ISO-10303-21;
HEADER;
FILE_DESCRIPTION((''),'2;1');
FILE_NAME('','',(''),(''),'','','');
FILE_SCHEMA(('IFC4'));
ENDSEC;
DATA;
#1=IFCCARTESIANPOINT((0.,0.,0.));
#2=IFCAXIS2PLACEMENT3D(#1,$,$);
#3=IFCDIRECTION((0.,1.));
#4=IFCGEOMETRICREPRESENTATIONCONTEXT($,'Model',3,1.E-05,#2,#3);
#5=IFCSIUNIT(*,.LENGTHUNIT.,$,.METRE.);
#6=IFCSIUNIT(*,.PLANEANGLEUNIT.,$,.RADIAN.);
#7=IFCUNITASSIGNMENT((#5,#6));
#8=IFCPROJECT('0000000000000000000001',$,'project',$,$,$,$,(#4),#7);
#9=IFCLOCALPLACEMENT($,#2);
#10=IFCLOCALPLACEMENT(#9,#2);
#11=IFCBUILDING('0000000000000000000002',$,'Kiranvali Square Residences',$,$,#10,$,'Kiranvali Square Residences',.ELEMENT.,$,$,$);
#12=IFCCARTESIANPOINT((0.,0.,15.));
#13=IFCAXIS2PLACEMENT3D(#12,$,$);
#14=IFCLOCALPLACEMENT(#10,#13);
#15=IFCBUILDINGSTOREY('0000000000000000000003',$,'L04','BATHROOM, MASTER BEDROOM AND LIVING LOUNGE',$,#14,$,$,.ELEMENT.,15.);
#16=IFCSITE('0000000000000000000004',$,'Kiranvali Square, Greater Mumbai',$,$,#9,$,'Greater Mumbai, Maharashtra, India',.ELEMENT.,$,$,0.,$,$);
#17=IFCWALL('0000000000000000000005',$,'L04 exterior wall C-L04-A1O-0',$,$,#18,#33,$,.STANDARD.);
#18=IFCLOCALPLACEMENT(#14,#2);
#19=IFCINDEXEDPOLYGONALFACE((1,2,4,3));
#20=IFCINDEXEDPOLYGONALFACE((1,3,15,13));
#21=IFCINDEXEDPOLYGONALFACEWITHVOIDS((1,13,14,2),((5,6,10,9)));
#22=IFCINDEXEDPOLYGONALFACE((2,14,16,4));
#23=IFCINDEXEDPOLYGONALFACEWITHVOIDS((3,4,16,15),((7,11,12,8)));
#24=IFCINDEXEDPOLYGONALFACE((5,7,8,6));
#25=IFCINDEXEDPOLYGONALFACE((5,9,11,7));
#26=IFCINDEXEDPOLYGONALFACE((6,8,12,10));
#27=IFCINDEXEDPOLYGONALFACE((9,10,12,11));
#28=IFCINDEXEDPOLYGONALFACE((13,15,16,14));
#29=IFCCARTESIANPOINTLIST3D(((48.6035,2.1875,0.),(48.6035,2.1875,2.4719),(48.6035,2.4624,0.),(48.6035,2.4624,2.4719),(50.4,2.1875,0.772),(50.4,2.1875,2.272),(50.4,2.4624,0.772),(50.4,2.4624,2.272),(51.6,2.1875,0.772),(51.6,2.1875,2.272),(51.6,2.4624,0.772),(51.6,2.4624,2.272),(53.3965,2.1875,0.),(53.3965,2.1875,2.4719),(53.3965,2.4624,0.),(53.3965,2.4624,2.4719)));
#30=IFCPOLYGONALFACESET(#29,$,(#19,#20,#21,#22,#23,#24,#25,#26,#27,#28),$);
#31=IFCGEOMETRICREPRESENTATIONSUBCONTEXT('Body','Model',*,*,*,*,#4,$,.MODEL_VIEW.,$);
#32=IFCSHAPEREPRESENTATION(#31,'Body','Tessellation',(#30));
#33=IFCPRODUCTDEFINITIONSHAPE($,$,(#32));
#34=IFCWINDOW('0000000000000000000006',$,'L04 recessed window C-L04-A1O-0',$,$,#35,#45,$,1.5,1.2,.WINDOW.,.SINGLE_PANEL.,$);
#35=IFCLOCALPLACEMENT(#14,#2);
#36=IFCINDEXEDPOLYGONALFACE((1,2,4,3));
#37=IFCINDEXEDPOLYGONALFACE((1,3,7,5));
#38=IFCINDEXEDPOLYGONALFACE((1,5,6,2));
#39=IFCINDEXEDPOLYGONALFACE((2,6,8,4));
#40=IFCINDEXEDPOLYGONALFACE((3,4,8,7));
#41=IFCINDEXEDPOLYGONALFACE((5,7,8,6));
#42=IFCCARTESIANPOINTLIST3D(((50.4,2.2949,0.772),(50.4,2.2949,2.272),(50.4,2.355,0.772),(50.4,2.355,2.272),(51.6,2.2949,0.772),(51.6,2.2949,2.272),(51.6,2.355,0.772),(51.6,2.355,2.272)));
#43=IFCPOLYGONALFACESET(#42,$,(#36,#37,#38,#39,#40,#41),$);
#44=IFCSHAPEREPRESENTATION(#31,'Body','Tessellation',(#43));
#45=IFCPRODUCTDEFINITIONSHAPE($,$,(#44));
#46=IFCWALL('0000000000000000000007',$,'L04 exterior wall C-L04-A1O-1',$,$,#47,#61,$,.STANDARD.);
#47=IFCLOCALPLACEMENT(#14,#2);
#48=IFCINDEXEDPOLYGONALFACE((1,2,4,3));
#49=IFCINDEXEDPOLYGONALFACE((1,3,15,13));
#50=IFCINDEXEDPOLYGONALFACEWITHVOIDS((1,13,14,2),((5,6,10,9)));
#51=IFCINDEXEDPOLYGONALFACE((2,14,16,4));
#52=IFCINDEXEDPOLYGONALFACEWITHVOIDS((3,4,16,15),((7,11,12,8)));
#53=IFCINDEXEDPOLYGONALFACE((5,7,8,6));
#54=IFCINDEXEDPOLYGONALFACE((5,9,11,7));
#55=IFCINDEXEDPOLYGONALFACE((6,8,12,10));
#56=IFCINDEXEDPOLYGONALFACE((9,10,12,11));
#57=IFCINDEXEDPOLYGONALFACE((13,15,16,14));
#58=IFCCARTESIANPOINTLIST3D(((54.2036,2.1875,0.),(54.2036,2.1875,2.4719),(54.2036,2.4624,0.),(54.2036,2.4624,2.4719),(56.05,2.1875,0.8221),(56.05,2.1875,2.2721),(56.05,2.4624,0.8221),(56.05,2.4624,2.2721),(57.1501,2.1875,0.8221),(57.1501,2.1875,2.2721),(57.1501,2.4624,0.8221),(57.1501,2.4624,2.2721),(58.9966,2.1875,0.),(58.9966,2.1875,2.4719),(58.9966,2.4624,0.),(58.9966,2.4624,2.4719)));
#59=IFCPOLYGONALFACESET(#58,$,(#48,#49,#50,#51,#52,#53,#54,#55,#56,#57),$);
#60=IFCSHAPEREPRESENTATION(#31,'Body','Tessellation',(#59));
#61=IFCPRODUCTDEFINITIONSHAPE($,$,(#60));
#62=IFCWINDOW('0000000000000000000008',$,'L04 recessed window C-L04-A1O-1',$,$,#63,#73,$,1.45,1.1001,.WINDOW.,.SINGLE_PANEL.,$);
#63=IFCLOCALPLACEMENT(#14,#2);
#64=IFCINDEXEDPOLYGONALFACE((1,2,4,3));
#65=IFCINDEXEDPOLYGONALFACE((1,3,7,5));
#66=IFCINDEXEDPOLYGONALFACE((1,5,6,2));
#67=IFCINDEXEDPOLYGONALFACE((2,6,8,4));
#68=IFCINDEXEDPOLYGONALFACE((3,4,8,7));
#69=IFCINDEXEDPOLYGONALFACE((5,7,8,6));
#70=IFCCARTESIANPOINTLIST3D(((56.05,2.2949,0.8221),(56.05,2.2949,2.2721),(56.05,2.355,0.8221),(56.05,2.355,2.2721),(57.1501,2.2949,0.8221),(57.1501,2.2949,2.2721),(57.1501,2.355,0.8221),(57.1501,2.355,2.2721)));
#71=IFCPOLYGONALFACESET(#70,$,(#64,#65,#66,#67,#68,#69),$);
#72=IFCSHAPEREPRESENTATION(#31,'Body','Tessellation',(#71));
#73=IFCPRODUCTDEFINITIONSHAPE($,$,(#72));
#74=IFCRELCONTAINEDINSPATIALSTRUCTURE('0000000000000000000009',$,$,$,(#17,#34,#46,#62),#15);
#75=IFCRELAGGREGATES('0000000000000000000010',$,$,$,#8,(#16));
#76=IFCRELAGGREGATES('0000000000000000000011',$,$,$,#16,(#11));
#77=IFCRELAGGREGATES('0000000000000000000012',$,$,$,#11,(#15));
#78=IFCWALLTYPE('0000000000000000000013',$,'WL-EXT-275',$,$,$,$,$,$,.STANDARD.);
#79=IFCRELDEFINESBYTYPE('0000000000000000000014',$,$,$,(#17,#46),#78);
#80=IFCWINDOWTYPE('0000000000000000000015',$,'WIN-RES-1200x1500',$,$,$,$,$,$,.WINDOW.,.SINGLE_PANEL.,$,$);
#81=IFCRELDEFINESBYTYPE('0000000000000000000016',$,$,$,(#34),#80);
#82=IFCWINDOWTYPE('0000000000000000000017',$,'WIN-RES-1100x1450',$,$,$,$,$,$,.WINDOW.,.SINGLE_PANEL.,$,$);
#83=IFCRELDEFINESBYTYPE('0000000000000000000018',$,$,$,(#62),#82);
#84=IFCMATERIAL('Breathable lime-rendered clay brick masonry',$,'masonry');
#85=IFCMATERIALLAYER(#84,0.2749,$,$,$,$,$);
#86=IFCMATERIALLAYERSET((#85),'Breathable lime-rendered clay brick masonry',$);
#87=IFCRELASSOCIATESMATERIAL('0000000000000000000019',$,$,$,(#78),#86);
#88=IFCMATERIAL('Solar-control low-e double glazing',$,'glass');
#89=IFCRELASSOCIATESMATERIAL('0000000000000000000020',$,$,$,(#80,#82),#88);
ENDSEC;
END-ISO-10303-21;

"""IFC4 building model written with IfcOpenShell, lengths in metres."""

from ifc_helpers import new_model, si_unit, direction, frame, frame_2d, origin, place, context, subcontext, project, spatial, rectangle, extrude, material, layer, layer_set, type_object, element, fill, save


model = new_model("IFC4")

# Units and contexts
model_context = context("Model", 3, precision=1e-05, world=origin(), true_north=direction((0.0, 1.0)))
body_context = subcontext(model_context, "Body", "Model", "MODEL_VIEW")
ifc_project = project(units=[si_unit("LENGTHUNIT", "METRE"), si_unit("PLANEANGLEUNIT", "RADIAN")], contexts=[model_context])

# Site, building, storey
site_placement = place(None, origin())
site = spatial("IfcSite", under=ifc_project, at=site_placement, Name="Kiranvali Square, Greater Mumbai", LongName="Greater Mumbai, Maharashtra, India", CompositionType="ELEMENT", RefElevation=0.0)
building_placement = place(site_placement, origin())
building = spatial("IfcBuilding", under=site, at=building_placement, Name="Kiranvali Square Residences", LongName="Kiranvali Square Residences", CompositionType="ELEMENT")
storey_placement = place(building_placement, frame((0.0, 0.0, 15.0)))
storey = spatial("IfcBuildingStorey", under=building, at=storey_placement, Name="L04", Description="BATHROOM, MASTER BEDROOM AND LIVING LOUNGE", CompositionType="ELEMENT", Elevation=15.0)

# Walls, openings, windows
ifc_material_1 = material(Name="Breathable lime-rendered clay brick masonry", Category="masonry")
ifc_layer = layer(ifc_material_1, 0.2749)
ifc_layer_set = layer_set([ifc_layer], Name="Breathable lime-rendered clay brick masonry")
wall_type = type_object("IfcWallType", Name="WL-EXT-275", PredefinedType="STANDARD", material=ifc_layer_set)
wall_1_placement = place(storey_placement, frame((48.6035, 2.325, 0.0), z_axis=(0.0, 0.0, 1.0), x_axis=(1.0, 0.0, 0.0)))
wall_1 = element("IfcWall", 1, at=wall_1_placement, inside=storey, type_object=wall_type, Name="L04 exterior wall C-L04-A1O-0", PredefinedType="STANDARD", context=body_context, shape_type="SweptSolid", body=[
    extrude(rectangle(XDim=4.793, YDim=0.2749, at=frame_2d((2.3965, 0.0))), origin(), (0.0, 0.0, 1.0), 2.4719),
])
opening_1_placement = place(wall_1_placement, frame((1.7964, 0.0, 0.772)))
opening_1 = element("IfcOpeningElement", 2, at=opening_1_placement, cuts=wall_1, PredefinedType="OPENING", context=body_context, shape_type="SweptSolid", body=[
    extrude(rectangle(XDim=1.2, YDim=1.5, at=frame_2d((0.6001, 0.75))), frame((0.0, 0.1475, 0.0), z_axis=(0.0, -1.0, 0.0), x_axis=(1.0, 0.0, 0.0)), (0.0, 0.0, 1.0), 0.2949),
])
ifc_material_2 = material(Name="Solar-control low-e double glazing", Category="glass")
window_type_1 = type_object("IfcWindowType", Name="WIN-RES-1200x1500", PartitioningType="SINGLE_PANEL", PredefinedType="WINDOW", material=ifc_material_2)
window_1_placement = place(opening_1_placement, origin())
window_1 = element("IfcWindow", 3, at=window_1_placement, inside=storey, type_object=window_type_1, Name="L04 recessed window C-L04-A1O-0", OverallHeight=1.5, OverallWidth=1.2, PartitioningType="SINGLE_PANEL", PredefinedType="WINDOW", context=body_context, shape_type="SweptSolid", body=[
    extrude(rectangle(XDim=1.2, YDim=1.5, at=frame_2d((0.6001, 0.75))), frame((0.0, 0.03, 0.0), z_axis=(0.0, -1.0, 0.0), x_axis=(1.0, 0.0, 0.0)), (0.0, 0.0, 1.0), 0.0601),
])
fill(opening_1, window_1)
wall_2_placement = place(storey_placement, frame((54.2036, 2.325, 0.0), z_axis=(0.0, 0.0, 1.0), x_axis=(1.0, 0.0, 0.0)))
wall_2 = element("IfcWall", 4, at=wall_2_placement, inside=storey, type_object=wall_type, Name="L04 exterior wall C-L04-A1O-1", PredefinedType="STANDARD", context=body_context, shape_type="SweptSolid", body=[
    extrude(rectangle(XDim=4.793, YDim=0.2749, at=frame_2d((2.3965, 0.0))), origin(), (0.0, 0.0, 1.0), 2.4719),
])
opening_2_placement = place(wall_2_placement, frame((1.8464, 0.0, 0.822)))
opening_2 = element("IfcOpeningElement", 5, at=opening_2_placement, cuts=wall_2, PredefinedType="OPENING", context=body_context, shape_type="SweptSolid", body=[
    extrude(rectangle(XDim=1.1001, YDim=1.45, at=frame_2d((0.55, 0.7251))), frame((0.0, 0.1475, 0.0), z_axis=(0.0, -1.0, 0.0), x_axis=(1.0, 0.0, 0.0)), (0.0, 0.0, 1.0), 0.2949),
])
window_type_2 = type_object("IfcWindowType", Name="WIN-RES-1100x1450", PartitioningType="SINGLE_PANEL", PredefinedType="WINDOW", material=ifc_material_2)
window_2_placement = place(opening_2_placement, origin())
window_2 = element("IfcWindow", 6, at=window_2_placement, inside=storey, type_object=window_type_2, Name="L04 recessed window C-L04-A1O-1", OverallHeight=1.45, OverallWidth=1.1001, PartitioningType="SINGLE_PANEL", PredefinedType="WINDOW", context=body_context, shape_type="SweptSolid", body=[
    extrude(rectangle(XDim=1.1001, YDim=1.45, at=frame_2d((0.55, 0.7251))), frame((0.0, 0.03, 0.0), z_axis=(0.0, -1.0, 0.0), x_axis=(1.0, 0.0, 0.0)), (0.0, 0.0, 1.0), 0.0601),
])
fill(opening_2, window_2)

save(model, "model.ifc")
